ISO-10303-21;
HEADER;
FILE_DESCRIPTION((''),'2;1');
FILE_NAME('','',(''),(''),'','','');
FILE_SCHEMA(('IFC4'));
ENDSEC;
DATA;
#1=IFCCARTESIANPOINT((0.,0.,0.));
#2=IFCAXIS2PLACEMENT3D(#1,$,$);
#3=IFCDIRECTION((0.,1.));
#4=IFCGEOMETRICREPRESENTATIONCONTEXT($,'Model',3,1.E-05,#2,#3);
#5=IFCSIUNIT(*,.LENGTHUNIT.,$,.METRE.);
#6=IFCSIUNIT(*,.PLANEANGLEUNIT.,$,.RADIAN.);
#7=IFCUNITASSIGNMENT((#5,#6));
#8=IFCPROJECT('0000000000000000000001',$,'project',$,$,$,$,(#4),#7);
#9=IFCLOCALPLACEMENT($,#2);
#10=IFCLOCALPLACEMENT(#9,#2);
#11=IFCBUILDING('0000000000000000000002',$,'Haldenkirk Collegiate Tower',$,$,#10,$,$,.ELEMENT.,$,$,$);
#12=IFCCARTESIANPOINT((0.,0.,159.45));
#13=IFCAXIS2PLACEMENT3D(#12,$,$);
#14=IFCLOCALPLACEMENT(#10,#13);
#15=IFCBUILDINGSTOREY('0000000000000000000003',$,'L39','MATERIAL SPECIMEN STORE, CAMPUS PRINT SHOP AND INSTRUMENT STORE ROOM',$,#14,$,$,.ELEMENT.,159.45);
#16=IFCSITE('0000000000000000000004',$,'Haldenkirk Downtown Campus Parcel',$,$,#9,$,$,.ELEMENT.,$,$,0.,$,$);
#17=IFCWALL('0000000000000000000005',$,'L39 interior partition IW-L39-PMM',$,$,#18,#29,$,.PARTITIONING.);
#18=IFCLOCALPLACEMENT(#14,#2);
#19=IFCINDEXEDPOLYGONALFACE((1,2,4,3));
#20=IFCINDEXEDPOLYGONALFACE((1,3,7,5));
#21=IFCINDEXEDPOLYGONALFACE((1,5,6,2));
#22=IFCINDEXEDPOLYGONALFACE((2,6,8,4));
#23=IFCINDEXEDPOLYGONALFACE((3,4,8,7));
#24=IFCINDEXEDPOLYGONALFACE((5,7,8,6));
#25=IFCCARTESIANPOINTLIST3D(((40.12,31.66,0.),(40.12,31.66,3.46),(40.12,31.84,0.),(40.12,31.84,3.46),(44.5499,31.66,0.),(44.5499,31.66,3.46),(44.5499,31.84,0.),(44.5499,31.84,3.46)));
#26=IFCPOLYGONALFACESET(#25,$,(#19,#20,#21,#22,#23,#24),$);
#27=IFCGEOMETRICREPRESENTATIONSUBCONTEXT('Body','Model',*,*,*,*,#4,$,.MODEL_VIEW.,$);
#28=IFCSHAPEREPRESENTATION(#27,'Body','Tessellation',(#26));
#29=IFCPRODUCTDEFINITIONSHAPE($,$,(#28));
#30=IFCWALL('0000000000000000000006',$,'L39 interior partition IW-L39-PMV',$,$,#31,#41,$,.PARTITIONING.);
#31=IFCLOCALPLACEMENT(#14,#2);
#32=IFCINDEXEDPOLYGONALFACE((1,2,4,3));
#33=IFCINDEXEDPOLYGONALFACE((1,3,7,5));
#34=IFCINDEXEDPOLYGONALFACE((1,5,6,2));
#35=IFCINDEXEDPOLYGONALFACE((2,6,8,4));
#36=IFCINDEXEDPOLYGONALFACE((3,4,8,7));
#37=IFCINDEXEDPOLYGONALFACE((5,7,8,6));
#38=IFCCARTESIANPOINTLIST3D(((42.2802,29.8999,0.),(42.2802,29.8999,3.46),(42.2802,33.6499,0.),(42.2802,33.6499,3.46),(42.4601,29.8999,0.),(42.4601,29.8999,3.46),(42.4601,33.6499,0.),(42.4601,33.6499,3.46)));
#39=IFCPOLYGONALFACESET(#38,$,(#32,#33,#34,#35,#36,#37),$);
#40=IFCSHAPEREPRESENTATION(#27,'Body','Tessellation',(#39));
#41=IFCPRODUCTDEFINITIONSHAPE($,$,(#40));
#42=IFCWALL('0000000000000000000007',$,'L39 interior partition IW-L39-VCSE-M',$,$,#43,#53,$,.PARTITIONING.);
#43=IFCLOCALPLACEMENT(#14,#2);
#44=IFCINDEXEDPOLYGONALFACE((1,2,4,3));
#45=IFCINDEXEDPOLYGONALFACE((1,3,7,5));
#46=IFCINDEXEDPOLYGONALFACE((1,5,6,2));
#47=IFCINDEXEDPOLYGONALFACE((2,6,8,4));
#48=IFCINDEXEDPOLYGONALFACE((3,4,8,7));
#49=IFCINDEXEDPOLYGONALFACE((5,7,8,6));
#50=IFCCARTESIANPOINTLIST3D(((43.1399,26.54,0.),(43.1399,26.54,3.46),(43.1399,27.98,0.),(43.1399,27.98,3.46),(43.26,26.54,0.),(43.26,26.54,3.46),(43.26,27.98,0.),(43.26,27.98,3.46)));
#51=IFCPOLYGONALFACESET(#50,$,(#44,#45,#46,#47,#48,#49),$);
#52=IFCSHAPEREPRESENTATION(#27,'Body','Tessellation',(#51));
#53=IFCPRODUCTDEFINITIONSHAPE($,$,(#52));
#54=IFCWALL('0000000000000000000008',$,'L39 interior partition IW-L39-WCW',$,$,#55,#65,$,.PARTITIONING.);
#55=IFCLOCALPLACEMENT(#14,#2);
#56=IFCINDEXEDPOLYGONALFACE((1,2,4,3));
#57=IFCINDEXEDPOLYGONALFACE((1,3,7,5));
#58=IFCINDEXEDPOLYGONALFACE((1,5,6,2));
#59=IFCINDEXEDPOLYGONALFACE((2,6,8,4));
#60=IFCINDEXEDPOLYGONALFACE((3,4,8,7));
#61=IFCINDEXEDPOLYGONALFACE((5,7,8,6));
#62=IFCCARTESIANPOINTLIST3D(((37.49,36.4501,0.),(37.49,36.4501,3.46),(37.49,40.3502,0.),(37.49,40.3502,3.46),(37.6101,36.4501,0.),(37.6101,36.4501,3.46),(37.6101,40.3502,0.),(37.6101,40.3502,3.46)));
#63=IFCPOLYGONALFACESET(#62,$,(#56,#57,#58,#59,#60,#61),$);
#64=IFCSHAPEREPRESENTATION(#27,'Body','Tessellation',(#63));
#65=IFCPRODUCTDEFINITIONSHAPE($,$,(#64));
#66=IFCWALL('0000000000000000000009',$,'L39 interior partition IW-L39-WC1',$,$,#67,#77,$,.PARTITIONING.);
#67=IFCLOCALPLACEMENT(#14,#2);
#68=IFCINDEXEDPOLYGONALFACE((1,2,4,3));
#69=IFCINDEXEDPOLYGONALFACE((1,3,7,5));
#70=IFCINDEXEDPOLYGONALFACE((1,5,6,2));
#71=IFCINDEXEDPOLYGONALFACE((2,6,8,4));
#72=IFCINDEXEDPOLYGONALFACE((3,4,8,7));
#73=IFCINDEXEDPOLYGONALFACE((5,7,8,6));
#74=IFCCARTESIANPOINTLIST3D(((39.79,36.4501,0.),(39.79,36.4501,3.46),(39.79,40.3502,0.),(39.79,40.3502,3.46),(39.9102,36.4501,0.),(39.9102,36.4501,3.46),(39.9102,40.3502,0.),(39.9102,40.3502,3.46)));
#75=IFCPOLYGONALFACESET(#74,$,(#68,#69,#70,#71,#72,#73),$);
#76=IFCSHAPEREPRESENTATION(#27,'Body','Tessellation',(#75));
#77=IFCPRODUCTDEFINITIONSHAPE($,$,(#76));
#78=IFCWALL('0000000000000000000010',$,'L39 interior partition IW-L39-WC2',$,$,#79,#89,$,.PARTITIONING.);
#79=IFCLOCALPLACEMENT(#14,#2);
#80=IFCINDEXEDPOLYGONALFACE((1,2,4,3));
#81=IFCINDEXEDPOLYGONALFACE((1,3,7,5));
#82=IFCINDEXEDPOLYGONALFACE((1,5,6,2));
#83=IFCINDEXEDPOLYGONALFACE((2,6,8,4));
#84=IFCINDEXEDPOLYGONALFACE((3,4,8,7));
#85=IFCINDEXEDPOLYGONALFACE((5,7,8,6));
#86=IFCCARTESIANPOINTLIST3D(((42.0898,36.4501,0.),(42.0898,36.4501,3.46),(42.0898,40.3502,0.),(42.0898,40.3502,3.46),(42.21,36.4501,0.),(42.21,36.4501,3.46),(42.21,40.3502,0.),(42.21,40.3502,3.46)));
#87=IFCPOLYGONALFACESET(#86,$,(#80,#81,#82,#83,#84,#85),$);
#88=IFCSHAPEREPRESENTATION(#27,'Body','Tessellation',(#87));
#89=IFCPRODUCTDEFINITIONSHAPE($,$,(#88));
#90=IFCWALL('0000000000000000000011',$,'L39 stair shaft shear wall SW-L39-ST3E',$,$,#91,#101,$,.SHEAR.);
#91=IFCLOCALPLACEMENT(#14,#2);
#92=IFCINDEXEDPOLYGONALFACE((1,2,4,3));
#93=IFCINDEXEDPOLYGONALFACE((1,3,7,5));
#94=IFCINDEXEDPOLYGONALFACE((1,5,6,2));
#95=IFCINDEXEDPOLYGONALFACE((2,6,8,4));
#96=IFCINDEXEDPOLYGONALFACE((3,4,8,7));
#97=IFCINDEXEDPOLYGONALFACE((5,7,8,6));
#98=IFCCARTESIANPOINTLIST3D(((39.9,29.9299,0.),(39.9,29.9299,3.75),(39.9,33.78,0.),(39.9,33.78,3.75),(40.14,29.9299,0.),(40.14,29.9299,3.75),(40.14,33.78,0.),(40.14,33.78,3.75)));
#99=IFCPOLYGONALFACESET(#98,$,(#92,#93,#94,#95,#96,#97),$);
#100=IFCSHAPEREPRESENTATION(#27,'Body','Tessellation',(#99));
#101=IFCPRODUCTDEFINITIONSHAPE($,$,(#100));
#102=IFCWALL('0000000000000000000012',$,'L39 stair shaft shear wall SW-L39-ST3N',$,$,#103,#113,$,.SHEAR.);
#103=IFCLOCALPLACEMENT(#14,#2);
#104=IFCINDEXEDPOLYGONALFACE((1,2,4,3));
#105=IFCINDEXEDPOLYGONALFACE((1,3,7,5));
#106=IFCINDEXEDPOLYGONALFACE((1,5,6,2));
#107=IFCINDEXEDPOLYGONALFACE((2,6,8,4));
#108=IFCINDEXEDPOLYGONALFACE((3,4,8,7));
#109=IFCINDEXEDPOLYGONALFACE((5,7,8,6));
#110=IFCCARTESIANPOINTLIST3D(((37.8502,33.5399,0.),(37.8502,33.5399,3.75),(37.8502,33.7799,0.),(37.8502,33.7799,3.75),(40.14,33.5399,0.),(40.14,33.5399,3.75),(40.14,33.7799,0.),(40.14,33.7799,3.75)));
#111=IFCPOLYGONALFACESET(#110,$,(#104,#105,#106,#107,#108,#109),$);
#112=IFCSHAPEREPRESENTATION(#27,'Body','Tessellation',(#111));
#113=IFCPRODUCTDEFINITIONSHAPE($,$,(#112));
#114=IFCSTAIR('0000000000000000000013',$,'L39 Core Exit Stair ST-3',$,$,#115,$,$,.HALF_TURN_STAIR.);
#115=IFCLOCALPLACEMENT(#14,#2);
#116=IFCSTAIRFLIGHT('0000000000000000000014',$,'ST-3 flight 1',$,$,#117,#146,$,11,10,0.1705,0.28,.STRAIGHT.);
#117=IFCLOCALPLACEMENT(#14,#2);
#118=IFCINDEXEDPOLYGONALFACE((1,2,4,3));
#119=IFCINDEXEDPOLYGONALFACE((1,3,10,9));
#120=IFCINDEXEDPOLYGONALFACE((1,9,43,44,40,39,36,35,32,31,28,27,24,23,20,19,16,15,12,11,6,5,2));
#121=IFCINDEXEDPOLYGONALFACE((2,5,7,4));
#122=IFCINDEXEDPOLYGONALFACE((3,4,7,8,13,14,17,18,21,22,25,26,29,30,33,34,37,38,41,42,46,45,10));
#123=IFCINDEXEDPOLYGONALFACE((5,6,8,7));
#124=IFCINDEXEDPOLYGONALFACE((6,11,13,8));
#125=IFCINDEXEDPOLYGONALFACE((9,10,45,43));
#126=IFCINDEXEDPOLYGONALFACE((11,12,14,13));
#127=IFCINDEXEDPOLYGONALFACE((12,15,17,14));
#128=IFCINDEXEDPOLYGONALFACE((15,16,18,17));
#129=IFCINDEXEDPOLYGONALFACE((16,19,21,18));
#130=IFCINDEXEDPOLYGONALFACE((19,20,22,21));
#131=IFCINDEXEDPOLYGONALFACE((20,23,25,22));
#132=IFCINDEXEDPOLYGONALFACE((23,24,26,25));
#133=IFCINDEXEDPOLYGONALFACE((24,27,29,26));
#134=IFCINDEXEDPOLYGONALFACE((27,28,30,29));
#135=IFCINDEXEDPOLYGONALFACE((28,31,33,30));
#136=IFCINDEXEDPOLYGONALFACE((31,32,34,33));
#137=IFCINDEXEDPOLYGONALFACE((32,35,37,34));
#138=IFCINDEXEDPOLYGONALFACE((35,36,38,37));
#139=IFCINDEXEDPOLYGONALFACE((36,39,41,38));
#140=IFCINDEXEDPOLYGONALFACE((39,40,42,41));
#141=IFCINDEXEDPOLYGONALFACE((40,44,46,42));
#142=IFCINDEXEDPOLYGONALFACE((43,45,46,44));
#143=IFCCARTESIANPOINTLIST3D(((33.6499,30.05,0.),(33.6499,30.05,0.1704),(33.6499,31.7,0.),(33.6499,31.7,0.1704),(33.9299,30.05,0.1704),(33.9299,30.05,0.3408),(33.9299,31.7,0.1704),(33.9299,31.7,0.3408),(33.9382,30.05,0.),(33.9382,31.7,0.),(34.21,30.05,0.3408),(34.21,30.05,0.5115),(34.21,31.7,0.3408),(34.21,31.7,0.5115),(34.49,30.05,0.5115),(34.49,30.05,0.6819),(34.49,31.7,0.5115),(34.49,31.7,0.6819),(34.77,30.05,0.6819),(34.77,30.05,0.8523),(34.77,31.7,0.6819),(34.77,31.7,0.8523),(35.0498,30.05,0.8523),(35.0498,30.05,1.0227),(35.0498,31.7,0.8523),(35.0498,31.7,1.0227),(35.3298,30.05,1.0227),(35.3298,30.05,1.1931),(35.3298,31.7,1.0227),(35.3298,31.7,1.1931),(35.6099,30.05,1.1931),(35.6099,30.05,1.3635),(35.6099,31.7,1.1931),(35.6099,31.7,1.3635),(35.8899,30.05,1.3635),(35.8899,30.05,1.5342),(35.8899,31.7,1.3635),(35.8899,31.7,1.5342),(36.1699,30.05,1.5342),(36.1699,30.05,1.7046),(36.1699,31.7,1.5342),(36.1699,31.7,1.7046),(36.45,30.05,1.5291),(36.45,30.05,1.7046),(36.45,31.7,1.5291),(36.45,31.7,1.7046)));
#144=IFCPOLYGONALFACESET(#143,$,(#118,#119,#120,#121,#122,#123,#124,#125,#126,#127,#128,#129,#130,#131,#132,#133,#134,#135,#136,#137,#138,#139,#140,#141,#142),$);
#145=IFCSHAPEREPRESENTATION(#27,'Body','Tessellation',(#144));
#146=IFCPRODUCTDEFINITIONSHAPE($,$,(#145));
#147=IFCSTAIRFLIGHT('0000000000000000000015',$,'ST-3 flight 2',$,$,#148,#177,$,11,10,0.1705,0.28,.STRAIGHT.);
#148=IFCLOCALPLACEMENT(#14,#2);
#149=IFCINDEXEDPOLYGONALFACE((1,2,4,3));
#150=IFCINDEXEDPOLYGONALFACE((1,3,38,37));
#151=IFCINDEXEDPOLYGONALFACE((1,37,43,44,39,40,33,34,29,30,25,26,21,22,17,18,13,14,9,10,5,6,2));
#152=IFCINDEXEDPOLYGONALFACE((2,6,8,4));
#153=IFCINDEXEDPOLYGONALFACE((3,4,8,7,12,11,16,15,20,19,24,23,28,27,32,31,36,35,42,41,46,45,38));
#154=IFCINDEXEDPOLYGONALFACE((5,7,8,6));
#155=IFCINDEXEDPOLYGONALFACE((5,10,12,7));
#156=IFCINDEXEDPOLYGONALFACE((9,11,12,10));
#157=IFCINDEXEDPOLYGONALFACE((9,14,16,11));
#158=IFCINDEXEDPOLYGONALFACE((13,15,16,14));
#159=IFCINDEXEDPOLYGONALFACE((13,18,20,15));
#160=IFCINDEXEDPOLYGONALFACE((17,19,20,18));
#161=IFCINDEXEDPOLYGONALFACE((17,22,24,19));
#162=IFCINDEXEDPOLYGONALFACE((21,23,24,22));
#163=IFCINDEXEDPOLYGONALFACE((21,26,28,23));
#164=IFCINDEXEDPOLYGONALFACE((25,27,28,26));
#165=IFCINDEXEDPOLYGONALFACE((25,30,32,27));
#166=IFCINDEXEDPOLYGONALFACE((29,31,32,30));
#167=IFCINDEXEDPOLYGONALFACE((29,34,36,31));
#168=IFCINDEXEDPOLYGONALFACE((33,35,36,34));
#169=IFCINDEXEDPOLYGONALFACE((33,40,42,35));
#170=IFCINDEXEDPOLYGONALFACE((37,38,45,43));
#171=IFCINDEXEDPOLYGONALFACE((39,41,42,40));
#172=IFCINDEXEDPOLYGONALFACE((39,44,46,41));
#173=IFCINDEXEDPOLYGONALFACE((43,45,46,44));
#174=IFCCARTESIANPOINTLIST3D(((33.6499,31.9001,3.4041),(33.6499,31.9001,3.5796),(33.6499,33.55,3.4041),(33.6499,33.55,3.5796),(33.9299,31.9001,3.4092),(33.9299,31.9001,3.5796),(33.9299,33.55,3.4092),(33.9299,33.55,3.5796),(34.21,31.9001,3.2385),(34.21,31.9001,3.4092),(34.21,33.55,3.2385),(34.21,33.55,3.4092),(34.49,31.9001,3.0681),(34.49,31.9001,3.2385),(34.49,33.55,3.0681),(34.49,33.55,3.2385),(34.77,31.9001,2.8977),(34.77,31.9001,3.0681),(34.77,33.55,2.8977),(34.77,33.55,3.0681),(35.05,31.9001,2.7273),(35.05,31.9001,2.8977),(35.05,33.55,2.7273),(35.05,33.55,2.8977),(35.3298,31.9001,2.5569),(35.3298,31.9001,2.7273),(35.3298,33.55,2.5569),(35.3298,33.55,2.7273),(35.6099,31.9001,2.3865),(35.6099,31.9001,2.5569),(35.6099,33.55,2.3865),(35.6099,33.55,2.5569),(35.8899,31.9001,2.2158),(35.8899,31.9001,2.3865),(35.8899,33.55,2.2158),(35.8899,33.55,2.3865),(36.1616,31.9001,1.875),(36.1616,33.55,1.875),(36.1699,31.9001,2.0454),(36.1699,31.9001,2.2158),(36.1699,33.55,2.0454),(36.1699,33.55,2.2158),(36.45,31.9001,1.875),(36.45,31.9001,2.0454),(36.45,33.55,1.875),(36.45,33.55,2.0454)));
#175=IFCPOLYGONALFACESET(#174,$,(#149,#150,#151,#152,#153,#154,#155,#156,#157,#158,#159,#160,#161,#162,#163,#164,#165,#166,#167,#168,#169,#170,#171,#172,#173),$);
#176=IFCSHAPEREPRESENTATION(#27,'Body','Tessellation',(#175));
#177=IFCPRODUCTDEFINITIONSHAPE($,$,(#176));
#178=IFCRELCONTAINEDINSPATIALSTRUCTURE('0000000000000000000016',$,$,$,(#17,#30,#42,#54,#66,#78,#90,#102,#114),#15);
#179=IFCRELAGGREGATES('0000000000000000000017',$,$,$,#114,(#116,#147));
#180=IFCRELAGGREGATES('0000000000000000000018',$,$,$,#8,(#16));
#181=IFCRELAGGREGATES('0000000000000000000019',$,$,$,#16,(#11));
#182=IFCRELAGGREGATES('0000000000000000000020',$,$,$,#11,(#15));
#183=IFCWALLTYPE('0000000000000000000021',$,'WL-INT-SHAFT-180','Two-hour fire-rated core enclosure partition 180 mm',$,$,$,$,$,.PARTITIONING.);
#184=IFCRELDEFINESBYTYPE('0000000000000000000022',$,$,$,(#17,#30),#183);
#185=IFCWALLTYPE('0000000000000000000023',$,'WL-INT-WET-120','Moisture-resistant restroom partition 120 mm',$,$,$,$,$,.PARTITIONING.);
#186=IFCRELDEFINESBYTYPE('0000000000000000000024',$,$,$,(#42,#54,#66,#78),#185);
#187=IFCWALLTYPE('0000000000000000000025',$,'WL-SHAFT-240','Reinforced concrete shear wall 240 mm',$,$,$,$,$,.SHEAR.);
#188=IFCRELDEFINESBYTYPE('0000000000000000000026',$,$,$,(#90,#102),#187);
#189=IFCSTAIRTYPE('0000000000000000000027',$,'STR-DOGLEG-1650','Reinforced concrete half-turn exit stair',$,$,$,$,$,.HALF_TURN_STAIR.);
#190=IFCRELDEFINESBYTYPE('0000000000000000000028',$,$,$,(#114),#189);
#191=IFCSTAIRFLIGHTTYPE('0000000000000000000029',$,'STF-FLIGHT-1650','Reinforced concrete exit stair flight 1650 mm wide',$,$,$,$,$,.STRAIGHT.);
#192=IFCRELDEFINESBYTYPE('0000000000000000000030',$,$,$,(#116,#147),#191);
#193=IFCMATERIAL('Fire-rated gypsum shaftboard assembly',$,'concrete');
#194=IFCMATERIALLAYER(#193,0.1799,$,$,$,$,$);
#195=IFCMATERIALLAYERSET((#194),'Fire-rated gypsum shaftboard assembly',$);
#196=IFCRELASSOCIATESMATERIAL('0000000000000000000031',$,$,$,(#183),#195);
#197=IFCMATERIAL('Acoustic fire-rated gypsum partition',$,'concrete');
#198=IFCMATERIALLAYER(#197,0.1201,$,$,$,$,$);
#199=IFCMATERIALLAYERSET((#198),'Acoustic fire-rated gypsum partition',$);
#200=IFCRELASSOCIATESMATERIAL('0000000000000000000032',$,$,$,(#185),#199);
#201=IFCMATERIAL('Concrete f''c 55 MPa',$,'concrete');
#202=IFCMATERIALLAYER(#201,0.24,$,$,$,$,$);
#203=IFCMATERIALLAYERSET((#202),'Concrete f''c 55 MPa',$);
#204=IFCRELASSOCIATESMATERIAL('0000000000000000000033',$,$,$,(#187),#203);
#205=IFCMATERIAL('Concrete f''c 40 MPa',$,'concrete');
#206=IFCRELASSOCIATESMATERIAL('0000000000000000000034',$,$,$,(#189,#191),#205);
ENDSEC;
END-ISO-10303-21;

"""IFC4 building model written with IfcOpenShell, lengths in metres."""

from ifc_helpers import new_model, si_unit, direction, frame, frame_2d, origin, place, context, subcontext, project, spatial, polyline, rectangle, outline, extrude, material, layer, layer_set, type_object, element, aggregate, save


model = new_model("IFC4")

# Units and contexts
model_context = context("Model", 3, precision=1e-05, world=origin(), true_north=direction((0.0, 1.0)))
body_context = subcontext(model_context, "Body", "Model", "MODEL_VIEW")
ifc_project = project(units=[si_unit("LENGTHUNIT", "METRE"), si_unit("PLANEANGLEUNIT", "RADIAN")], contexts=[model_context])

# Site, building, storey
site_placement = place(None, origin())
site = spatial("IfcSite", under=ifc_project, at=site_placement, Name="Haldenkirk Downtown Campus Parcel", CompositionType="ELEMENT", RefElevation=0.0)
building_placement = place(site_placement, origin())
building = spatial("IfcBuilding", under=site, at=building_placement, Name="Haldenkirk Collegiate Tower", CompositionType="ELEMENT")
storey_placement = place(building_placement, frame((0.0, 0.0, 159.45)))
storey = spatial("IfcBuildingStorey", under=building, at=storey_placement, Name="L39", Description="MATERIAL SPECIMEN STORE, CAMPUS PRINT SHOP AND INSTRUMENT STORE ROOM", CompositionType="ELEMENT", Elevation=159.45)

# Shared definitions
ifc_material_1 = material(Name="Acoustic fire-rated gypsum partition", Category="concrete")
ifc_material_2 = material(Name="Fire-rated gypsum shaftboard assembly", Category="concrete")
ifc_layer_1 = layer(ifc_material_2, 0.1799)
ifc_layer_set_1 = layer_set([ifc_layer_1], Name="Fire-rated gypsum shaftboard assembly")
wall_type_1 = type_object("IfcWallType", Name="WL-INT-SHAFT-180", Description="Two-hour fire-rated core enclosure partition 180 mm", PredefinedType="PARTITIONING", material=ifc_layer_set_1)

# Walls
wall_1_placement = place(storey_placement, frame((40.1201, 31.75, 0.0), z_axis=(0.0, 0.0, 1.0), x_axis=(1.0, 0.0, 0.0)))
element("IfcWall", 1, at=wall_1_placement, inside=storey, type_object=wall_type_1, Name="L39 interior partition IW-L39-PMM", PredefinedType="PARTITIONING", context=body_context, shape_type="SweptSolid", body=[
    extrude(rectangle(XDim=4.4299, YDim=0.1799, at=frame_2d((2.2148, 0.0))), origin(), (0.0, 0.0, 1.0), 3.46),
])
wall_2_placement = place(storey_placement, frame((42.3701, 29.8999, 0.0), z_axis=(0.0, 0.0, 1.0), x_axis=(0.0, 1.0, 0.0)))
element("IfcWall", 2, at=wall_2_placement, inside=storey, type_object=wall_type_1, Name="L39 interior partition IW-L39-PMV", PredefinedType="PARTITIONING", context=body_context, shape_type="SweptSolid", body=[
    extrude(rectangle(XDim=3.75, YDim=0.1799, at=frame_2d((1.875, 0.0))), origin(), (0.0, 0.0, 1.0), 3.46),
])
ifc_layer_2 = layer(ifc_material_1, 0.1201)
ifc_layer_set_2 = layer_set([ifc_layer_2], Name="Acoustic fire-rated gypsum partition")
wall_type_2 = type_object("IfcWallType", Name="WL-INT-WET-120", Description="Moisture-resistant restroom partition 120 mm", PredefinedType="PARTITIONING", material=ifc_layer_set_2)
wall_3_placement = place(storey_placement, frame((43.2, 26.54, 0.0), z_axis=(0.0, 0.0, 1.0), x_axis=(0.0, 1.0, 0.0)))
element("IfcWall", 3, at=wall_3_placement, inside=storey, type_object=wall_type_2, Name="L39 interior partition IW-L39-VCSE-M", PredefinedType="PARTITIONING", context=body_context, shape_type="SweptSolid", body=[
    extrude(rectangle(XDim=1.4399, YDim=0.1201, at=frame_2d((0.72, 0.0))), origin(), (0.0, 0.0, 1.0), 3.46),
])
for number, where, z_axis, x_axis, name in (
    (4, (37.55, 36.45, 0.0), (0.0, 0.0, 1.0), (0.0, 1.0, 0.0), "L39 interior partition IW-L39-WCW"),
    (5, (39.8501, 36.45, 0.0), (0.0, 0.0, 1.0), (0.0, 1.0, 0.0), "L39 interior partition IW-L39-WC1"),
    (6, (42.1499, 36.45, 0.0), (0.0, 0.0, 1.0), (0.0, 1.0, 0.0), "L39 interior partition IW-L39-WC2"),
):
    element("IfcWall", number, at=place(storey_placement, frame(where, z_axis=z_axis, x_axis=x_axis)), inside=storey, type_object=wall_type_2, Name=name, PredefinedType="PARTITIONING", context=body_context, shape_type="SweptSolid", body=[
        extrude(rectangle(XDim=3.9001, YDim=0.1201, at=frame_2d((1.9502, 0.0))), origin(), (0.0, 0.0, 1.0), 3.46),
    ])
ifc_material_3 = material(Name="Concrete f'c 55 MPa", Category="concrete")
ifc_layer_3 = layer(ifc_material_3, 0.24)
ifc_layer_set_3 = layer_set([ifc_layer_3], Name="Concrete f'c 55 MPa")
wall_type_3 = type_object("IfcWallType", Name="WL-SHAFT-240", Description="Reinforced concrete shear wall 240 mm", PredefinedType="SHEAR", material=ifc_layer_set_3)
wall_4_placement = place(storey_placement, frame((40.02, 29.9299, 0.0), z_axis=(0.0, 0.0, 1.0), x_axis=(0.0, 1.0, 0.0)))
element("IfcWall", 7, at=wall_4_placement, inside=storey, type_object=wall_type_3, Name="L39 stair shaft shear wall SW-L39-ST3E", PredefinedType="SHEAR", context=body_context, shape_type="SweptSolid", body=[
    extrude(rectangle(XDim=3.8501, YDim=0.24, at=frame_2d((1.925, 0.0))), origin(), (0.0, 0.0, 1.0), 3.75),
])
wall_5_placement = place(storey_placement, frame((37.8501, 33.6599, 0.0), z_axis=(0.0, 0.0, 1.0), x_axis=(1.0, 0.0, 0.0)))
element("IfcWall", 8, at=wall_5_placement, inside=storey, type_object=wall_type_3, Name="L39 stair shaft shear wall SW-L39-ST3N", PredefinedType="SHEAR", context=body_context, shape_type="SweptSolid", body=[
    extrude(rectangle(XDim=2.2898, YDim=0.24, at=frame_2d((1.145, 0.0))), origin(), (0.0, 0.0, 1.0), 3.75),
])

# Stair, stair flights
ifc_material_4 = material(Name="Concrete f'c 40 MPa", Category="concrete")
stair_type = type_object("IfcStairType", Name="STR-DOGLEG-1650", Description="Reinforced concrete half-turn exit stair", PredefinedType="HALF_TURN_STAIR", material=ifc_material_4)
stair_placement = place(storey_placement, origin())
stair = element("IfcStair", 9, at=stair_placement, inside=storey, type_object=stair_type, Name="L39 Core Exit Stair ST-3", PredefinedType="HALF_TURN_STAIR")
stair_flight_type = type_object("IfcStairFlightType", Name="STF-FLIGHT-1650", Description="Reinforced concrete exit stair flight 1650 mm wide", PredefinedType="STRAIGHT", material=ifc_material_4)
stair_flight_1_placement = place(storey_placement, frame((33.6499, 30.875, 0.0), z_axis=(0.0, 0.0, 1.0), x_axis=(1.0, 0.0, 0.0)))
stair_flight_1 = element("IfcStairFlight", 10, at=stair_flight_1_placement, type_object=stair_flight_type, Name="ST-3 flight 1", NumberOfRisers=11, NumberOfTreads=10, PredefinedType="STRAIGHT", RiserHeight=0.1705, TreadLength=0.28, context=body_context, shape_type="SweptSolid", body=[
    extrude(outline(polyline([(0.0, 0.0), (0.0, 0.1704), (0.28, 0.1704), (0.28, 0.3408), (0.5601, 0.3408), (0.5601, 0.5115), (0.8401, 0.5115), (0.8401, 0.6819), (1.1201, 0.6819), (1.1201, 0.8523), (1.3999, 0.8523), (1.3999, 1.0227), (1.6799, 1.0227), (1.6799, 1.1931), (1.96, 1.1931), (1.96, 1.3635), (2.24, 1.3635), (2.24, 1.5342), (2.52, 1.5342), (2.52, 1.7046), (2.8, 1.7046), (2.8, 1.875), (2.8, 1.5291), (0.2883, 0.0), (0.0, 0.0)])), frame((0.0, 0.825, 0.0), z_axis=(0.0, -1.0, 0.0), x_axis=(1.0, 0.0, 0.0)), (0.0, 0.0, 1.0), 1.6499),
])
stair_flight_2_placement = place(storey_placement, frame((36.45, 32.7251, 1.875), z_axis=(0.0, 0.0, 1.0), x_axis=(-1.0, 0.0, 0.0)))
stair_flight_2 = element("IfcStairFlight", 11, at=stair_flight_2_placement, type_object=stair_flight_type, Name="ST-3 flight 2", NumberOfRisers=11, NumberOfTreads=10, PredefinedType="STRAIGHT", RiserHeight=0.1705, TreadLength=0.28, context=body_context, shape_type="SweptSolid", body=[
    extrude(outline(polyline([(0.0, 0.0), (0.0, 0.1704), (0.28, 0.1704), (0.28, 0.3408), (0.5601, 0.3408), (0.5601, 0.5115), (0.8401, 0.5115), (0.8401, 0.6819), (1.1201, 0.6819), (1.1201, 0.8523), (1.3999, 0.8523), (1.3999, 1.0227), (1.6799, 1.0227), (1.6799, 1.1931), (1.96, 1.1931), (1.96, 1.3635), (2.24, 1.3635), (2.24, 1.5342), (2.52, 1.5342), (2.52, 1.7046), (2.8, 1.7046), (2.8, 1.875), (2.8, 1.5291), (0.2883, 0.0), (0.0, 0.0)])), frame((0.0, 0.825, 0.0), z_axis=(0.0, -1.0, 0.0), x_axis=(1.0, 0.0, 0.0)), (0.0, 0.0, 1.0), 1.6499),
])
aggregate(stair, [stair_flight_1, stair_flight_2])

save(model, "model.ifc")
